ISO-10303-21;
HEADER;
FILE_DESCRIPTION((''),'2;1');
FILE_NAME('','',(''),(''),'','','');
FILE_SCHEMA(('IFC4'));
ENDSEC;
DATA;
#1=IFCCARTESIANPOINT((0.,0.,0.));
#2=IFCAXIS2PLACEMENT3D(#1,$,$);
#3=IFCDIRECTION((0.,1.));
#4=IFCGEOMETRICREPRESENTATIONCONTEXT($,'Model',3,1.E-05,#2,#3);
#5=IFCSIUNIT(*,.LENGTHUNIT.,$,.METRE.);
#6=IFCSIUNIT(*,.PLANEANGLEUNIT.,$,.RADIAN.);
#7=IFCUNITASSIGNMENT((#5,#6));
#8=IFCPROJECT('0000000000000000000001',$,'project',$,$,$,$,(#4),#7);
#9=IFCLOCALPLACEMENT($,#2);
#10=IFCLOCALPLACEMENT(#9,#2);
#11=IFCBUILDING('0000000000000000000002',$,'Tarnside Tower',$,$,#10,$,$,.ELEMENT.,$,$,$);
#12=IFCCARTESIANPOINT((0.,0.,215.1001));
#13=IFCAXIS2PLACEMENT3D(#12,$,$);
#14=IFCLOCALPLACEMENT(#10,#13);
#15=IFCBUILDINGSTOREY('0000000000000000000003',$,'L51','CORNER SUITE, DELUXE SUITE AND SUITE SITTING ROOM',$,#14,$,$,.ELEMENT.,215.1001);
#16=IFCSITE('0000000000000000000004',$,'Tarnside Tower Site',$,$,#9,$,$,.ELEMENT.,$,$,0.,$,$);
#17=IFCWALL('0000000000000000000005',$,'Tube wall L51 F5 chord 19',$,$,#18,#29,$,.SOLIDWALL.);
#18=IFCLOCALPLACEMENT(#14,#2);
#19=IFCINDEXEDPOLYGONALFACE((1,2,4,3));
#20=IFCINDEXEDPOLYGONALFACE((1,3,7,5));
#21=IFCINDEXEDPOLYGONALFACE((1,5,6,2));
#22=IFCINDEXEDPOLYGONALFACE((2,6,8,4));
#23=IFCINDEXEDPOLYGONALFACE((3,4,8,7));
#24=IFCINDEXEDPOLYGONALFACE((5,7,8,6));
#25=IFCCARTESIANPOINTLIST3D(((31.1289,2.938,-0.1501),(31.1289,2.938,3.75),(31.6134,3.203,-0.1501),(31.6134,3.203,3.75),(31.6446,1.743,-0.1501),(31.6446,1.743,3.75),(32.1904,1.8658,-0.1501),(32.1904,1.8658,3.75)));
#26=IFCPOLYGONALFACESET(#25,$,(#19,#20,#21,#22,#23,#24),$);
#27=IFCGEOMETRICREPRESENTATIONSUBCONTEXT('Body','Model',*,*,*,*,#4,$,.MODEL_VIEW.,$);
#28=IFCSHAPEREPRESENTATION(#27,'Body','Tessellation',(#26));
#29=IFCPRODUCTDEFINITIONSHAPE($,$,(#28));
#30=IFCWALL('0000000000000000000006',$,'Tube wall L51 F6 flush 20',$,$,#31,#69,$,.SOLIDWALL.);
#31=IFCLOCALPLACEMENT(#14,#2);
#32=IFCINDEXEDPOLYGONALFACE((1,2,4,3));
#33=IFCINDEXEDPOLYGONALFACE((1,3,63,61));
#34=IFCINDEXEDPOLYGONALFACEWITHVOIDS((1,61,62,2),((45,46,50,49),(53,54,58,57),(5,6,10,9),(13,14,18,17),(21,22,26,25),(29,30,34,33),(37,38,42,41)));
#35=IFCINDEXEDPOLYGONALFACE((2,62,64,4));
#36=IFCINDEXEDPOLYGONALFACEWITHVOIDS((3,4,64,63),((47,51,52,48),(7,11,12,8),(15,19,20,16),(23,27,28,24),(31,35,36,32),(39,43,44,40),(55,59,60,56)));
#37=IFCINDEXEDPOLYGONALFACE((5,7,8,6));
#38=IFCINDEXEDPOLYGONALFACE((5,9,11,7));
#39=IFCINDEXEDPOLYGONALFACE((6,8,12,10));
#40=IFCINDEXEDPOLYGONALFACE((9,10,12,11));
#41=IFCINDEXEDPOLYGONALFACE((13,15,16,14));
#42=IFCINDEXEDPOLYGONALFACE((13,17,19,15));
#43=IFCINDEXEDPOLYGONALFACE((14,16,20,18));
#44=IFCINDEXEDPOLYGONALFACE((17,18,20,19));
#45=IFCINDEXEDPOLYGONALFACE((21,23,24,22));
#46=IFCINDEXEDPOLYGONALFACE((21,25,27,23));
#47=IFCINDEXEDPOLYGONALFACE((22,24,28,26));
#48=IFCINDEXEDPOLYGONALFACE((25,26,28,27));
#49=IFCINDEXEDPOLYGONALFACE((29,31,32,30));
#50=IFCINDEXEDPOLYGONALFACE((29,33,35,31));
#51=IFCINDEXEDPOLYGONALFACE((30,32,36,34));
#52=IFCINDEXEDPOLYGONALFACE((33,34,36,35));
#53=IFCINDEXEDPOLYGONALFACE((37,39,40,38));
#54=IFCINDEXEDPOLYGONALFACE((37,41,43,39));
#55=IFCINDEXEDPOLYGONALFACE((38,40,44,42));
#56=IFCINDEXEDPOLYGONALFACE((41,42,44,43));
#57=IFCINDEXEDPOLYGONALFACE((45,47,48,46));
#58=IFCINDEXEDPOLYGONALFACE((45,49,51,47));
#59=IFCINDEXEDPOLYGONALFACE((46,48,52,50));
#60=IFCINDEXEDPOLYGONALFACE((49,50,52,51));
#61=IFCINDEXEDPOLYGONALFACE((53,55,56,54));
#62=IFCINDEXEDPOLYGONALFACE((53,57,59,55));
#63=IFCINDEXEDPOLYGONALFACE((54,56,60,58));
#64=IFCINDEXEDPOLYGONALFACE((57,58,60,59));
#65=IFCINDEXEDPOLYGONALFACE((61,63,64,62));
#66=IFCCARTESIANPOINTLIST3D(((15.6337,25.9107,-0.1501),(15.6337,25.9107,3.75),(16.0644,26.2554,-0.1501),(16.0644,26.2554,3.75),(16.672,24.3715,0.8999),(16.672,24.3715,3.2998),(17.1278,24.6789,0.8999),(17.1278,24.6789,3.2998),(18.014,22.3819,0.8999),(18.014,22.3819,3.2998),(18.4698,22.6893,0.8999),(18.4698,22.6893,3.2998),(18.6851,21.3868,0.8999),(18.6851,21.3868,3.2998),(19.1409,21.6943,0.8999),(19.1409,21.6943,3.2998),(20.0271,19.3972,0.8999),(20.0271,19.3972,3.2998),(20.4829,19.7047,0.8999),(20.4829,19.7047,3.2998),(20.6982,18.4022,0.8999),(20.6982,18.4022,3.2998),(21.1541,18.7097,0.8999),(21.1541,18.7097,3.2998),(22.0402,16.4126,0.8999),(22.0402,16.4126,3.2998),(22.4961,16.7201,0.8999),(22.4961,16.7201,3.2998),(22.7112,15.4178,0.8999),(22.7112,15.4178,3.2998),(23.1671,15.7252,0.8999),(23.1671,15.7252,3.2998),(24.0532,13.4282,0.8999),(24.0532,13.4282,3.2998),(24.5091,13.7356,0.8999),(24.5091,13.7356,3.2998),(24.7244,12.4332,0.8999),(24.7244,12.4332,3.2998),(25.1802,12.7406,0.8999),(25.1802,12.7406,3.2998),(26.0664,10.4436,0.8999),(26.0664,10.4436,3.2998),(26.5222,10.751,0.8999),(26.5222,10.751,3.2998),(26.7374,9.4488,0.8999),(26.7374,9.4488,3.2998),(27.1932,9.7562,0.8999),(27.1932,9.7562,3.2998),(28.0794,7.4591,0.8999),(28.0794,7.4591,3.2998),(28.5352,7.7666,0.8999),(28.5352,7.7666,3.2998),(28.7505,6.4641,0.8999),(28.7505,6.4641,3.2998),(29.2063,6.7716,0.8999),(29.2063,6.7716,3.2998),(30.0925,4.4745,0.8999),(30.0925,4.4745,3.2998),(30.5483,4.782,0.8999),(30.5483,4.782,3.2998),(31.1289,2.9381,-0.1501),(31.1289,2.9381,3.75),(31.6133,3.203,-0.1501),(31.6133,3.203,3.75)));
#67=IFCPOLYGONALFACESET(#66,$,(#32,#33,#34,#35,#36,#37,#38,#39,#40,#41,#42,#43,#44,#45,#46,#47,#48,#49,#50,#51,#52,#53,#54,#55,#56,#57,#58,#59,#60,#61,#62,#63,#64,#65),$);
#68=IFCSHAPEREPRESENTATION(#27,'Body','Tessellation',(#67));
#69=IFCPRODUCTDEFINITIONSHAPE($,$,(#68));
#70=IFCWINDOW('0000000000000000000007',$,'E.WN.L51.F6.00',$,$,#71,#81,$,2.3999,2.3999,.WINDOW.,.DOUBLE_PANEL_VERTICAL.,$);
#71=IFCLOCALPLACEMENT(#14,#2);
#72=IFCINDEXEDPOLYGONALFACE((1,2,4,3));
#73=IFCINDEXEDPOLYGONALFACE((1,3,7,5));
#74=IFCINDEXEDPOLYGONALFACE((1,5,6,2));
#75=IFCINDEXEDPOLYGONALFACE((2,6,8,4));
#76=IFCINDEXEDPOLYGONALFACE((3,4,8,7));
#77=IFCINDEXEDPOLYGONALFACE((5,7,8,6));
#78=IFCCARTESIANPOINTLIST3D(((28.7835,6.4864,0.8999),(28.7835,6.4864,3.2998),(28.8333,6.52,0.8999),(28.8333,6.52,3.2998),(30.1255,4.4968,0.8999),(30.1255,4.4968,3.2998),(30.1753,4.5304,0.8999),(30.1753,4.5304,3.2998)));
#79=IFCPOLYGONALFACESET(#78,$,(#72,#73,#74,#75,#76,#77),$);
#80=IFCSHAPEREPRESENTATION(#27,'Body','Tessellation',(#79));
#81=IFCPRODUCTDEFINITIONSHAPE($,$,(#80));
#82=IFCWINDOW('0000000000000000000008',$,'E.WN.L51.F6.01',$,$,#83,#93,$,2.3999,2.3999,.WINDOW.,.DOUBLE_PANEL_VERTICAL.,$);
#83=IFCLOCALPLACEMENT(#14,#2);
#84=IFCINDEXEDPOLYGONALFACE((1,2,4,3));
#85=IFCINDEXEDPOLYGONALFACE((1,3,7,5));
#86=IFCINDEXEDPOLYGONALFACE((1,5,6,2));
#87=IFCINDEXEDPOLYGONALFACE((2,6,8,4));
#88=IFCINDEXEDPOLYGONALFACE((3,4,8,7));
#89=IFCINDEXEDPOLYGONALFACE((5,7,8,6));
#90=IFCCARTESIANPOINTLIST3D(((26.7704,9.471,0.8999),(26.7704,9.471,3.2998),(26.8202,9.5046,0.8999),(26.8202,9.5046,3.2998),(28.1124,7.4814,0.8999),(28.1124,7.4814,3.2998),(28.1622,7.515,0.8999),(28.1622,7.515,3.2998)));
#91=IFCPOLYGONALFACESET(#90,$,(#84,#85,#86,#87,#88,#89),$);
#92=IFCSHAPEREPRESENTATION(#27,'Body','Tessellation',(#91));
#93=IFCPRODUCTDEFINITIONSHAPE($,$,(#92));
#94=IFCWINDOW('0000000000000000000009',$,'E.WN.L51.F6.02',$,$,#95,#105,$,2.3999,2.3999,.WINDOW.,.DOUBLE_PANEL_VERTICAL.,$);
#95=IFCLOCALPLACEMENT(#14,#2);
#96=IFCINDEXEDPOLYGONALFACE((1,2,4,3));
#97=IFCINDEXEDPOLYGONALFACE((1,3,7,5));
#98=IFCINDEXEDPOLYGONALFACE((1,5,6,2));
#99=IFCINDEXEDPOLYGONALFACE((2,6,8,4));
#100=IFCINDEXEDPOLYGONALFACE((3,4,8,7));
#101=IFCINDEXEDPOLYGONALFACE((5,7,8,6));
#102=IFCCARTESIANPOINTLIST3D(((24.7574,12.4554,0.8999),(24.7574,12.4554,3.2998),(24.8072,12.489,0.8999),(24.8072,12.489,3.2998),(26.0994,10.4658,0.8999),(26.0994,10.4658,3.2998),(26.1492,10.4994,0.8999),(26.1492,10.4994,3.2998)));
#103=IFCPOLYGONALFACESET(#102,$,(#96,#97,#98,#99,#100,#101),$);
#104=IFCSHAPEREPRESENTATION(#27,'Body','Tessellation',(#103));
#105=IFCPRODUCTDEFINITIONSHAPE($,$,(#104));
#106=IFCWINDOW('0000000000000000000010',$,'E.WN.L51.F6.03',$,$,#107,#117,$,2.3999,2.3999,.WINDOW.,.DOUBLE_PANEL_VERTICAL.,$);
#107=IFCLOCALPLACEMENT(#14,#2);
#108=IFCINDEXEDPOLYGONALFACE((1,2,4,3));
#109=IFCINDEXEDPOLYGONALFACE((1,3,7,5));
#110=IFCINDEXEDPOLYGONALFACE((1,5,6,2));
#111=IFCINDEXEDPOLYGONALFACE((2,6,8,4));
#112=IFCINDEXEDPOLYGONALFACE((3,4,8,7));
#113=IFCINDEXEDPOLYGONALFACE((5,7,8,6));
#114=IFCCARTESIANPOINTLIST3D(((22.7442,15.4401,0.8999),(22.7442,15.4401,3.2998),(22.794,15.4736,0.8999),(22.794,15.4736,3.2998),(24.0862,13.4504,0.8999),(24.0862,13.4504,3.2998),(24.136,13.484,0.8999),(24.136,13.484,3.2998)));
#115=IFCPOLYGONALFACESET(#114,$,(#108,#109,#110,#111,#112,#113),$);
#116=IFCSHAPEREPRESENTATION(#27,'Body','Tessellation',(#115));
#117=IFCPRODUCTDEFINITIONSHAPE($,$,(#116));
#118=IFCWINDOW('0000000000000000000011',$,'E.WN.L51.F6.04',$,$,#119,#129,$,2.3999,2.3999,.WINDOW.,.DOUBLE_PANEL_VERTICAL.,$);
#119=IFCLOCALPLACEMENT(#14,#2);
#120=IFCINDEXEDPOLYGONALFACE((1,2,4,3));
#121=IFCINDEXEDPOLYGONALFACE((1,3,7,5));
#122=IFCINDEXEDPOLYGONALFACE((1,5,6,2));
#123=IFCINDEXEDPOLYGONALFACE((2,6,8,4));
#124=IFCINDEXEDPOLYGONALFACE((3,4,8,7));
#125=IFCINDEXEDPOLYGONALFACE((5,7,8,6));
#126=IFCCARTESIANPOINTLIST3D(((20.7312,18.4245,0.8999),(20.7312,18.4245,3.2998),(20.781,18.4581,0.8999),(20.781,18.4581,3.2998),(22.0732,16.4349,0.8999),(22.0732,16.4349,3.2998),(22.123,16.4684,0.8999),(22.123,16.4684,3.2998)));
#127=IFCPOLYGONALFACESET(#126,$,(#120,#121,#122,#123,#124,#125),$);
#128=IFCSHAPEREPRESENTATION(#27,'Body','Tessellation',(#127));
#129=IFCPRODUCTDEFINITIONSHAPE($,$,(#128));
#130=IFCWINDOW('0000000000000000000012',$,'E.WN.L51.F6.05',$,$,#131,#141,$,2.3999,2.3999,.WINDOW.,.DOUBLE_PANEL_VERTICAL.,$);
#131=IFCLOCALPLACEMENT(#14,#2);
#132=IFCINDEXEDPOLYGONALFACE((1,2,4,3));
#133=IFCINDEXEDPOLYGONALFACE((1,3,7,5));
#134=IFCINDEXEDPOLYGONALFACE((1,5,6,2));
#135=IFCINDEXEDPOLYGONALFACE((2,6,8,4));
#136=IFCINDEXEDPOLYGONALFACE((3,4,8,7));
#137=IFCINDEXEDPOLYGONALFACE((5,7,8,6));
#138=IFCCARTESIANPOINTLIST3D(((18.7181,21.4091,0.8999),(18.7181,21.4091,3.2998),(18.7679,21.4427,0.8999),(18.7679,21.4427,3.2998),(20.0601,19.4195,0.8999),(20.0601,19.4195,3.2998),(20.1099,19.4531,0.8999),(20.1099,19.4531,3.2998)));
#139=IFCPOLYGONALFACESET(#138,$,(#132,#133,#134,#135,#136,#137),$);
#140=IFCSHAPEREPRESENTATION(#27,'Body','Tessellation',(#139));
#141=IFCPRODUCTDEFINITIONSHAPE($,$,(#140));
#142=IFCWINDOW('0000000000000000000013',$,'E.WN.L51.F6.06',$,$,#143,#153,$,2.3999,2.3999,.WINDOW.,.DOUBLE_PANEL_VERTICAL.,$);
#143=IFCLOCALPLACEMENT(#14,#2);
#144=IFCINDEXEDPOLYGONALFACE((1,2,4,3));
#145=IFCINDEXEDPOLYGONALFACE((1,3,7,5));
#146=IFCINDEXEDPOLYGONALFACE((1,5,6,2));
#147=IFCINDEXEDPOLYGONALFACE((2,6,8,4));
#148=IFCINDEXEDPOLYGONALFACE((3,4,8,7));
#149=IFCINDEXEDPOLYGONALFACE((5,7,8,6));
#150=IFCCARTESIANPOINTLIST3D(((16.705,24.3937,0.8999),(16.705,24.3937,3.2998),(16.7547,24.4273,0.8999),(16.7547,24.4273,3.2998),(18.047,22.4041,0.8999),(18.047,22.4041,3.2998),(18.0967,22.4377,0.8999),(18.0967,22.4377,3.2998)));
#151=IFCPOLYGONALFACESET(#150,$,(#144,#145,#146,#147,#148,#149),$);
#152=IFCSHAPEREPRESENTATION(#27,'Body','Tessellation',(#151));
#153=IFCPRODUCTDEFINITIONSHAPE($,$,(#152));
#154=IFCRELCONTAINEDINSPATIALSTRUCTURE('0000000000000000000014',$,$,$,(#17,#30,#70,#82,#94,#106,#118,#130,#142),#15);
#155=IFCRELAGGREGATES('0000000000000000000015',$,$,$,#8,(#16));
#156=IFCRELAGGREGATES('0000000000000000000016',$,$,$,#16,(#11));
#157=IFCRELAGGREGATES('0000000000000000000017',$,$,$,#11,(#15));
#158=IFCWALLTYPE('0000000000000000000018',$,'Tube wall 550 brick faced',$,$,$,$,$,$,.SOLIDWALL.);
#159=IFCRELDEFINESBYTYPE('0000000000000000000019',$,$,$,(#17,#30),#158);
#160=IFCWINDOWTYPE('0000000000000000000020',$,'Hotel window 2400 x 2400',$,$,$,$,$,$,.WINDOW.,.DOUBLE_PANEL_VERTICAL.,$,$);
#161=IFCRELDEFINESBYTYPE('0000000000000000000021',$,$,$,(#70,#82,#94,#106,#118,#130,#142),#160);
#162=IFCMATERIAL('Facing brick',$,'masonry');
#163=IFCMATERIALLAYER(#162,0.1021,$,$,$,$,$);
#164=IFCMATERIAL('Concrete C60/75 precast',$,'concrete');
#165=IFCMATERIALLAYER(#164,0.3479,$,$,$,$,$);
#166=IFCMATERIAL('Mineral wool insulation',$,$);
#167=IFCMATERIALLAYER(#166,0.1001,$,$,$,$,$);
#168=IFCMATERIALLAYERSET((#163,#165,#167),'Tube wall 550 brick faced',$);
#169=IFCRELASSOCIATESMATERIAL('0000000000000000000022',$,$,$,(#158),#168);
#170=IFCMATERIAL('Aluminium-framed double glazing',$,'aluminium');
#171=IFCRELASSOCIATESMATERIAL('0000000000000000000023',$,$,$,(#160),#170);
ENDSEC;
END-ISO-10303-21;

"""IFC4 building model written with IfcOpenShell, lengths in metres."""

from ifc_helpers import new_model, si_unit, direction, frame, frame_2d, origin, place, context, subcontext, project, spatial, polyline, rectangle, outline, extrude, material, layer, layer_set, type_object, element, fill, save


model = new_model("IFC4")

# Units and contexts
model_context = context("Model", 3, precision=1e-05, world=origin(), true_north=direction((0.0, 1.0)))
body_context = subcontext(model_context, "Body", "Model", "MODEL_VIEW")
ifc_project = project(units=[si_unit("LENGTHUNIT", "METRE"), si_unit("PLANEANGLEUNIT", "RADIAN")], contexts=[model_context])

# Site, building, storey
site_placement = place(None, origin())
site = spatial("IfcSite", under=ifc_project, at=site_placement, Name="Tarnside Tower Site", CompositionType="ELEMENT", RefElevation=0.0)
building_placement = place(site_placement, origin())
building = spatial("IfcBuilding", under=site, at=building_placement, Name="Tarnside Tower", CompositionType="ELEMENT")
storey_placement = place(building_placement, frame((0.0, 0.0, 215.1001)))
storey = spatial("IfcBuildingStorey", under=building, at=storey_placement, Name="L51", Description="CORNER SUITE, DELUXE SUITE AND SUITE SITTING ROOM", CompositionType="ELEMENT", Elevation=215.1001)

# Wall
ifc_material_1 = material(Name="Facing brick", Category="masonry")
ifc_layer_1 = layer(ifc_material_1, 0.1021)
ifc_material_2 = material(Name="Concrete C60/75 precast", Category="concrete")
ifc_layer_2 = layer(ifc_material_2, 0.3479)
ifc_material_3 = material(Name="Mineral wool insulation")
ifc_layer_3 = layer(ifc_material_3, 0.1001)
ifc_layer_set_1 = layer_set([ifc_layer_1, ifc_layer_2, ifc_layer_3], Name="Tube wall 550 brick faced")
wall_type_1 = type_object("IfcWallType", Name="Tube wall 550 brick faced", PredefinedType="SOLIDWALL", material=ifc_layer_set_1)
wall_1_placement = place(storey_placement, frame((31.9175, 1.8044, -0.1501), z_axis=(0.0, 0.0, 1.0), x_axis=(-0.396226, 0.918153, 0.0)))
element("IfcWall", 1, at=wall_1_placement, inside=storey, type_object=wall_type_1, Name="Tube wall L51 F5 chord 19", PredefinedType="SOLIDWALL", context=body_context, shape_type="SweptSolid", body=[
    extrude(outline(polyline([(-0.0518, -0.2749), (1.4045, -0.2749), (1.3533, 0.2749), (0.0518, 0.2749), (-0.0518, -0.2749)])), origin(), (0.0, 0.0, 1.0), 3.9001),
])

# Wall, openings, windows
wall_2_placement = place(storey_placement, frame((31.3711, 3.0706, -0.1501), z_axis=(0.0, 0.0, 1.0), x_axis=(-0.55919, 0.82904, 0.0)))
wall_2 = element("IfcWall", 2, at=wall_2_placement, inside=storey, type_object=wall_type_1, Name="Tube wall L51 F6 flush 20", PredefinedType="SOLIDWALL", context=body_context, shape_type="SweptSolid", body=[
    extrude(outline(polyline([(-0.0256, -0.2749), (27.7805, -0.2749), (27.7356, 0.2749), (0.0256, 0.2749), (-0.0256, -0.2749)])), origin(), (0.0, 0.0, 1.0), 3.9001),
])
opening_1_placement = place(wall_2_placement, frame((1.8789, 0.0, 1.05)))
opening_1 = element("IfcOpeningElement", 3, at=opening_1_placement, cuts=wall_2, PredefinedType="OPENING", context=body_context, shape_type="SweptSolid", body=[
    extrude(rectangle(XDim=2.3999, YDim=2.3999, at=frame_2d((1.2, 1.2))), frame((0.0, 0.2852, 0.0), z_axis=(0.0, -1.0, 0.0), x_axis=(1.0, 0.0, 0.0)), (0.0, 0.0, 1.0), 0.5701),
])
opening_2_placement = place(wall_2_placement, frame((5.479, 0.0, 1.05)))
opening_2 = element("IfcOpeningElement", 4, at=opening_2_placement, cuts=wall_2, PredefinedType="OPENING", context=body_context, shape_type="SweptSolid", body=[
    extrude(rectangle(XDim=2.3999, YDim=2.3999, at=frame_2d((1.2, 1.2))), frame((0.0, 0.2852, 0.0), z_axis=(0.0, -1.0, 0.0), x_axis=(1.0, 0.0, 0.0)), (0.0, 0.0, 1.0), 0.5701),
])
opening_3_placement = place(wall_2_placement, frame((9.0789, 0.0, 1.05)))
opening_3 = element("IfcOpeningElement", 5, at=opening_3_placement, cuts=wall_2, PredefinedType="OPENING", context=body_context, shape_type="SweptSolid", body=[
    extrude(rectangle(XDim=2.3999, YDim=2.3999, at=frame_2d((1.2, 1.2))), frame((0.0, 0.2852, 0.0), z_axis=(0.0, -1.0, 0.0), x_axis=(1.0, 0.0, 0.0)), (0.0, 0.0, 1.0), 0.5701),
])
opening_4_placement = place(wall_2_placement, frame((12.679, 0.0, 1.05)))
opening_4 = element("IfcOpeningElement", 6, at=opening_4_placement, cuts=wall_2, PredefinedType="OPENING", context=body_context, shape_type="SweptSolid", body=[
    extrude(rectangle(XDim=2.3999, YDim=2.3999, at=frame_2d((1.2, 1.2))), frame((0.0, 0.2852, 0.0), z_axis=(0.0, -1.0, 0.0), x_axis=(1.0, 0.0, 0.0)), (0.0, 0.0, 1.0), 0.5701),
])
opening_5_placement = place(wall_2_placement, frame((16.2788, 0.0, 1.05)))
opening_5 = element("IfcOpeningElement", 7, at=opening_5_placement, cuts=wall_2, PredefinedType="OPENING", context=body_context, shape_type="SweptSolid", body=[
    extrude(rectangle(XDim=2.3999, YDim=2.3999, at=frame_2d((1.2, 1.2))), frame((0.0, 0.2852, 0.0), z_axis=(0.0, -1.0, 0.0), x_axis=(1.0, 0.0, 0.0)), (0.0, 0.0, 1.0), 0.5701),
])
opening_6_placement = place(wall_2_placement, frame((19.8789, 0.0, 1.05)))
opening_6 = element("IfcOpeningElement", 8, at=opening_6_placement, cuts=wall_2, PredefinedType="OPENING", context=body_context, shape_type="SweptSolid", body=[
    extrude(rectangle(XDim=2.3999, YDim=2.3999, at=frame_2d((1.2, 1.2))), frame((0.0, 0.2852, 0.0), z_axis=(0.0, -1.0, 0.0), x_axis=(1.0, 0.0, 0.0)), (0.0, 0.0, 1.0), 0.5701),
])
opening_7_placement = place(wall_2_placement, frame((23.479, 0.0, 1.05)))
opening_7 = element("IfcOpeningElement", 9, at=opening_7_placement, cuts=wall_2, PredefinedType="OPENING", context=body_context, shape_type="SweptSolid", body=[
    extrude(rectangle(XDim=2.3999, YDim=2.3999, at=frame_2d((1.2, 1.2))), frame((0.0, 0.2852, 0.0), z_axis=(0.0, -1.0, 0.0), x_axis=(1.0, 0.0, 0.0)), (0.0, 0.0, 1.0), 0.5701),
])
ifc_material_4 = material(Name="Aluminium-framed double glazing", Category="aluminium")
window_type = type_object("IfcWindowType", Name="Hotel window 2400 x 2400", PartitioningType="DOUBLE_PANEL_VERTICAL", PredefinedType="WINDOW", material=ifc_material_4)
window_1_placement = place(opening_1_placement, frame((0.0, 0.2051, 0.0)))
window_1 = element("IfcWindow", 10, at=window_1_placement, inside=storey, type_object=window_type, Name="E.WN.L51.F6.00", OverallHeight=2.3999, OverallWidth=2.3999, PartitioningType="DOUBLE_PANEL_VERTICAL", PredefinedType="WINDOW", context=body_context, shape_type="SweptSolid", body=[
    extrude(rectangle(XDim=2.3999, YDim=2.3999, at=frame_2d((1.2, 1.2))), frame((0.0, 0.03, 0.0), z_axis=(0.0, -1.0, 0.0), x_axis=(1.0, 0.0, 0.0)), (0.0, 0.0, 1.0), 0.0601),
])
fill(opening_1, window_1)
window_2_placement = place(opening_2_placement, frame((0.0, 0.2051, 0.0)))
window_2 = element("IfcWindow", 11, at=window_2_placement, inside=storey, type_object=window_type, Name="E.WN.L51.F6.01", OverallHeight=2.3999, OverallWidth=2.3999, PartitioningType="DOUBLE_PANEL_VERTICAL", PredefinedType="WINDOW", context=body_context, shape_type="SweptSolid", body=[
    extrude(rectangle(XDim=2.3999, YDim=2.3999, at=frame_2d((1.2, 1.2))), frame((0.0, 0.03, 0.0), z_axis=(0.0, -1.0, 0.0), x_axis=(1.0, 0.0, 0.0)), (0.0, 0.0, 1.0), 0.0601),
])
fill(opening_2, window_2)
window_3_placement = place(opening_3_placement, frame((0.0, 0.2051, 0.0)))
window_3 = element("IfcWindow", 12, at=window_3_placement, inside=storey, type_object=window_type, Name="E.WN.L51.F6.02", OverallHeight=2.3999, OverallWidth=2.3999, PartitioningType="DOUBLE_PANEL_VERTICAL", PredefinedType="WINDOW", context=body_context, shape_type="SweptSolid", body=[
    extrude(rectangle(XDim=2.3999, YDim=2.3999, at=frame_2d((1.2, 1.2))), frame((0.0, 0.03, 0.0), z_axis=(0.0, -1.0, 0.0), x_axis=(1.0, 0.0, 0.0)), (0.0, 0.0, 1.0), 0.0601),
])
fill(opening_3, window_3)
window_4_placement = place(opening_4_placement, frame((0.0, 0.2051, 0.0)))
window_4 = element("IfcWindow", 13, at=window_4_placement, inside=storey, type_object=window_type, Name="E.WN.L51.F6.03", OverallHeight=2.3999, OverallWidth=2.3999, PartitioningType="DOUBLE_PANEL_VERTICAL", PredefinedType="WINDOW", context=body_context, shape_type="SweptSolid", body=[
    extrude(rectangle(XDim=2.3999, YDim=2.3999, at=frame_2d((1.2, 1.2))), frame((0.0, 0.03, 0.0), z_axis=(0.0, -1.0, 0.0), x_axis=(1.0, 0.0, 0.0)), (0.0, 0.0, 1.0), 0.0601),
])
fill(opening_4, window_4)
window_5_placement = place(opening_5_placement, frame((0.0, 0.2051, 0.0)))
window_5 = element("IfcWindow", 14, at=window_5_placement, inside=storey, type_object=window_type, Name="E.WN.L51.F6.04", OverallHeight=2.3999, OverallWidth=2.3999, PartitioningType="DOUBLE_PANEL_VERTICAL", PredefinedType="WINDOW", context=body_context, shape_type="SweptSolid", body=[
    extrude(rectangle(XDim=2.3999, YDim=2.3999, at=frame_2d((1.2, 1.2))), frame((0.0, 0.03, 0.0), z_axis=(0.0, -1.0, 0.0), x_axis=(1.0, 0.0, 0.0)), (0.0, 0.0, 1.0), 0.0601),
])
fill(opening_5, window_5)
window_6_placement = place(opening_6_placement, frame((0.0, 0.2051, 0.0)))
window_6 = element("IfcWindow", 15, at=window_6_placement, inside=storey, type_object=window_type, Name="E.WN.L51.F6.05", OverallHeight=2.3999, OverallWidth=2.3999, PartitioningType="DOUBLE_PANEL_VERTICAL", PredefinedType="WINDOW", context=body_context, shape_type="SweptSolid", body=[
    extrude(rectangle(XDim=2.3999, YDim=2.3999, at=frame_2d((1.2, 1.2))), frame((0.0, 0.03, 0.0), z_axis=(0.0, -1.0, 0.0), x_axis=(1.0, 0.0, 0.0)), (0.0, 0.0, 1.0), 0.0601),
])
fill(opening_6, window_6)
window_7_placement = place(opening_7_placement, frame((0.0, 0.2051, 0.0)))
window_7 = element("IfcWindow", 16, at=window_7_placement, inside=storey, type_object=window_type, Name="E.WN.L51.F6.06", OverallHeight=2.3999, OverallWidth=2.3999, PartitioningType="DOUBLE_PANEL_VERTICAL", PredefinedType="WINDOW", context=body_context, shape_type="SweptSolid", body=[
    extrude(rectangle(XDim=2.3999, YDim=2.3999, at=frame_2d((1.2, 1.2))), frame((0.0, 0.03, 0.0), z_axis=(0.0, -1.0, 0.0), x_axis=(1.0, 0.0, 0.0)), (0.0, 0.0, 1.0), 0.0601),
])
fill(opening_7, window_7)

save(model, "model.ifc")
